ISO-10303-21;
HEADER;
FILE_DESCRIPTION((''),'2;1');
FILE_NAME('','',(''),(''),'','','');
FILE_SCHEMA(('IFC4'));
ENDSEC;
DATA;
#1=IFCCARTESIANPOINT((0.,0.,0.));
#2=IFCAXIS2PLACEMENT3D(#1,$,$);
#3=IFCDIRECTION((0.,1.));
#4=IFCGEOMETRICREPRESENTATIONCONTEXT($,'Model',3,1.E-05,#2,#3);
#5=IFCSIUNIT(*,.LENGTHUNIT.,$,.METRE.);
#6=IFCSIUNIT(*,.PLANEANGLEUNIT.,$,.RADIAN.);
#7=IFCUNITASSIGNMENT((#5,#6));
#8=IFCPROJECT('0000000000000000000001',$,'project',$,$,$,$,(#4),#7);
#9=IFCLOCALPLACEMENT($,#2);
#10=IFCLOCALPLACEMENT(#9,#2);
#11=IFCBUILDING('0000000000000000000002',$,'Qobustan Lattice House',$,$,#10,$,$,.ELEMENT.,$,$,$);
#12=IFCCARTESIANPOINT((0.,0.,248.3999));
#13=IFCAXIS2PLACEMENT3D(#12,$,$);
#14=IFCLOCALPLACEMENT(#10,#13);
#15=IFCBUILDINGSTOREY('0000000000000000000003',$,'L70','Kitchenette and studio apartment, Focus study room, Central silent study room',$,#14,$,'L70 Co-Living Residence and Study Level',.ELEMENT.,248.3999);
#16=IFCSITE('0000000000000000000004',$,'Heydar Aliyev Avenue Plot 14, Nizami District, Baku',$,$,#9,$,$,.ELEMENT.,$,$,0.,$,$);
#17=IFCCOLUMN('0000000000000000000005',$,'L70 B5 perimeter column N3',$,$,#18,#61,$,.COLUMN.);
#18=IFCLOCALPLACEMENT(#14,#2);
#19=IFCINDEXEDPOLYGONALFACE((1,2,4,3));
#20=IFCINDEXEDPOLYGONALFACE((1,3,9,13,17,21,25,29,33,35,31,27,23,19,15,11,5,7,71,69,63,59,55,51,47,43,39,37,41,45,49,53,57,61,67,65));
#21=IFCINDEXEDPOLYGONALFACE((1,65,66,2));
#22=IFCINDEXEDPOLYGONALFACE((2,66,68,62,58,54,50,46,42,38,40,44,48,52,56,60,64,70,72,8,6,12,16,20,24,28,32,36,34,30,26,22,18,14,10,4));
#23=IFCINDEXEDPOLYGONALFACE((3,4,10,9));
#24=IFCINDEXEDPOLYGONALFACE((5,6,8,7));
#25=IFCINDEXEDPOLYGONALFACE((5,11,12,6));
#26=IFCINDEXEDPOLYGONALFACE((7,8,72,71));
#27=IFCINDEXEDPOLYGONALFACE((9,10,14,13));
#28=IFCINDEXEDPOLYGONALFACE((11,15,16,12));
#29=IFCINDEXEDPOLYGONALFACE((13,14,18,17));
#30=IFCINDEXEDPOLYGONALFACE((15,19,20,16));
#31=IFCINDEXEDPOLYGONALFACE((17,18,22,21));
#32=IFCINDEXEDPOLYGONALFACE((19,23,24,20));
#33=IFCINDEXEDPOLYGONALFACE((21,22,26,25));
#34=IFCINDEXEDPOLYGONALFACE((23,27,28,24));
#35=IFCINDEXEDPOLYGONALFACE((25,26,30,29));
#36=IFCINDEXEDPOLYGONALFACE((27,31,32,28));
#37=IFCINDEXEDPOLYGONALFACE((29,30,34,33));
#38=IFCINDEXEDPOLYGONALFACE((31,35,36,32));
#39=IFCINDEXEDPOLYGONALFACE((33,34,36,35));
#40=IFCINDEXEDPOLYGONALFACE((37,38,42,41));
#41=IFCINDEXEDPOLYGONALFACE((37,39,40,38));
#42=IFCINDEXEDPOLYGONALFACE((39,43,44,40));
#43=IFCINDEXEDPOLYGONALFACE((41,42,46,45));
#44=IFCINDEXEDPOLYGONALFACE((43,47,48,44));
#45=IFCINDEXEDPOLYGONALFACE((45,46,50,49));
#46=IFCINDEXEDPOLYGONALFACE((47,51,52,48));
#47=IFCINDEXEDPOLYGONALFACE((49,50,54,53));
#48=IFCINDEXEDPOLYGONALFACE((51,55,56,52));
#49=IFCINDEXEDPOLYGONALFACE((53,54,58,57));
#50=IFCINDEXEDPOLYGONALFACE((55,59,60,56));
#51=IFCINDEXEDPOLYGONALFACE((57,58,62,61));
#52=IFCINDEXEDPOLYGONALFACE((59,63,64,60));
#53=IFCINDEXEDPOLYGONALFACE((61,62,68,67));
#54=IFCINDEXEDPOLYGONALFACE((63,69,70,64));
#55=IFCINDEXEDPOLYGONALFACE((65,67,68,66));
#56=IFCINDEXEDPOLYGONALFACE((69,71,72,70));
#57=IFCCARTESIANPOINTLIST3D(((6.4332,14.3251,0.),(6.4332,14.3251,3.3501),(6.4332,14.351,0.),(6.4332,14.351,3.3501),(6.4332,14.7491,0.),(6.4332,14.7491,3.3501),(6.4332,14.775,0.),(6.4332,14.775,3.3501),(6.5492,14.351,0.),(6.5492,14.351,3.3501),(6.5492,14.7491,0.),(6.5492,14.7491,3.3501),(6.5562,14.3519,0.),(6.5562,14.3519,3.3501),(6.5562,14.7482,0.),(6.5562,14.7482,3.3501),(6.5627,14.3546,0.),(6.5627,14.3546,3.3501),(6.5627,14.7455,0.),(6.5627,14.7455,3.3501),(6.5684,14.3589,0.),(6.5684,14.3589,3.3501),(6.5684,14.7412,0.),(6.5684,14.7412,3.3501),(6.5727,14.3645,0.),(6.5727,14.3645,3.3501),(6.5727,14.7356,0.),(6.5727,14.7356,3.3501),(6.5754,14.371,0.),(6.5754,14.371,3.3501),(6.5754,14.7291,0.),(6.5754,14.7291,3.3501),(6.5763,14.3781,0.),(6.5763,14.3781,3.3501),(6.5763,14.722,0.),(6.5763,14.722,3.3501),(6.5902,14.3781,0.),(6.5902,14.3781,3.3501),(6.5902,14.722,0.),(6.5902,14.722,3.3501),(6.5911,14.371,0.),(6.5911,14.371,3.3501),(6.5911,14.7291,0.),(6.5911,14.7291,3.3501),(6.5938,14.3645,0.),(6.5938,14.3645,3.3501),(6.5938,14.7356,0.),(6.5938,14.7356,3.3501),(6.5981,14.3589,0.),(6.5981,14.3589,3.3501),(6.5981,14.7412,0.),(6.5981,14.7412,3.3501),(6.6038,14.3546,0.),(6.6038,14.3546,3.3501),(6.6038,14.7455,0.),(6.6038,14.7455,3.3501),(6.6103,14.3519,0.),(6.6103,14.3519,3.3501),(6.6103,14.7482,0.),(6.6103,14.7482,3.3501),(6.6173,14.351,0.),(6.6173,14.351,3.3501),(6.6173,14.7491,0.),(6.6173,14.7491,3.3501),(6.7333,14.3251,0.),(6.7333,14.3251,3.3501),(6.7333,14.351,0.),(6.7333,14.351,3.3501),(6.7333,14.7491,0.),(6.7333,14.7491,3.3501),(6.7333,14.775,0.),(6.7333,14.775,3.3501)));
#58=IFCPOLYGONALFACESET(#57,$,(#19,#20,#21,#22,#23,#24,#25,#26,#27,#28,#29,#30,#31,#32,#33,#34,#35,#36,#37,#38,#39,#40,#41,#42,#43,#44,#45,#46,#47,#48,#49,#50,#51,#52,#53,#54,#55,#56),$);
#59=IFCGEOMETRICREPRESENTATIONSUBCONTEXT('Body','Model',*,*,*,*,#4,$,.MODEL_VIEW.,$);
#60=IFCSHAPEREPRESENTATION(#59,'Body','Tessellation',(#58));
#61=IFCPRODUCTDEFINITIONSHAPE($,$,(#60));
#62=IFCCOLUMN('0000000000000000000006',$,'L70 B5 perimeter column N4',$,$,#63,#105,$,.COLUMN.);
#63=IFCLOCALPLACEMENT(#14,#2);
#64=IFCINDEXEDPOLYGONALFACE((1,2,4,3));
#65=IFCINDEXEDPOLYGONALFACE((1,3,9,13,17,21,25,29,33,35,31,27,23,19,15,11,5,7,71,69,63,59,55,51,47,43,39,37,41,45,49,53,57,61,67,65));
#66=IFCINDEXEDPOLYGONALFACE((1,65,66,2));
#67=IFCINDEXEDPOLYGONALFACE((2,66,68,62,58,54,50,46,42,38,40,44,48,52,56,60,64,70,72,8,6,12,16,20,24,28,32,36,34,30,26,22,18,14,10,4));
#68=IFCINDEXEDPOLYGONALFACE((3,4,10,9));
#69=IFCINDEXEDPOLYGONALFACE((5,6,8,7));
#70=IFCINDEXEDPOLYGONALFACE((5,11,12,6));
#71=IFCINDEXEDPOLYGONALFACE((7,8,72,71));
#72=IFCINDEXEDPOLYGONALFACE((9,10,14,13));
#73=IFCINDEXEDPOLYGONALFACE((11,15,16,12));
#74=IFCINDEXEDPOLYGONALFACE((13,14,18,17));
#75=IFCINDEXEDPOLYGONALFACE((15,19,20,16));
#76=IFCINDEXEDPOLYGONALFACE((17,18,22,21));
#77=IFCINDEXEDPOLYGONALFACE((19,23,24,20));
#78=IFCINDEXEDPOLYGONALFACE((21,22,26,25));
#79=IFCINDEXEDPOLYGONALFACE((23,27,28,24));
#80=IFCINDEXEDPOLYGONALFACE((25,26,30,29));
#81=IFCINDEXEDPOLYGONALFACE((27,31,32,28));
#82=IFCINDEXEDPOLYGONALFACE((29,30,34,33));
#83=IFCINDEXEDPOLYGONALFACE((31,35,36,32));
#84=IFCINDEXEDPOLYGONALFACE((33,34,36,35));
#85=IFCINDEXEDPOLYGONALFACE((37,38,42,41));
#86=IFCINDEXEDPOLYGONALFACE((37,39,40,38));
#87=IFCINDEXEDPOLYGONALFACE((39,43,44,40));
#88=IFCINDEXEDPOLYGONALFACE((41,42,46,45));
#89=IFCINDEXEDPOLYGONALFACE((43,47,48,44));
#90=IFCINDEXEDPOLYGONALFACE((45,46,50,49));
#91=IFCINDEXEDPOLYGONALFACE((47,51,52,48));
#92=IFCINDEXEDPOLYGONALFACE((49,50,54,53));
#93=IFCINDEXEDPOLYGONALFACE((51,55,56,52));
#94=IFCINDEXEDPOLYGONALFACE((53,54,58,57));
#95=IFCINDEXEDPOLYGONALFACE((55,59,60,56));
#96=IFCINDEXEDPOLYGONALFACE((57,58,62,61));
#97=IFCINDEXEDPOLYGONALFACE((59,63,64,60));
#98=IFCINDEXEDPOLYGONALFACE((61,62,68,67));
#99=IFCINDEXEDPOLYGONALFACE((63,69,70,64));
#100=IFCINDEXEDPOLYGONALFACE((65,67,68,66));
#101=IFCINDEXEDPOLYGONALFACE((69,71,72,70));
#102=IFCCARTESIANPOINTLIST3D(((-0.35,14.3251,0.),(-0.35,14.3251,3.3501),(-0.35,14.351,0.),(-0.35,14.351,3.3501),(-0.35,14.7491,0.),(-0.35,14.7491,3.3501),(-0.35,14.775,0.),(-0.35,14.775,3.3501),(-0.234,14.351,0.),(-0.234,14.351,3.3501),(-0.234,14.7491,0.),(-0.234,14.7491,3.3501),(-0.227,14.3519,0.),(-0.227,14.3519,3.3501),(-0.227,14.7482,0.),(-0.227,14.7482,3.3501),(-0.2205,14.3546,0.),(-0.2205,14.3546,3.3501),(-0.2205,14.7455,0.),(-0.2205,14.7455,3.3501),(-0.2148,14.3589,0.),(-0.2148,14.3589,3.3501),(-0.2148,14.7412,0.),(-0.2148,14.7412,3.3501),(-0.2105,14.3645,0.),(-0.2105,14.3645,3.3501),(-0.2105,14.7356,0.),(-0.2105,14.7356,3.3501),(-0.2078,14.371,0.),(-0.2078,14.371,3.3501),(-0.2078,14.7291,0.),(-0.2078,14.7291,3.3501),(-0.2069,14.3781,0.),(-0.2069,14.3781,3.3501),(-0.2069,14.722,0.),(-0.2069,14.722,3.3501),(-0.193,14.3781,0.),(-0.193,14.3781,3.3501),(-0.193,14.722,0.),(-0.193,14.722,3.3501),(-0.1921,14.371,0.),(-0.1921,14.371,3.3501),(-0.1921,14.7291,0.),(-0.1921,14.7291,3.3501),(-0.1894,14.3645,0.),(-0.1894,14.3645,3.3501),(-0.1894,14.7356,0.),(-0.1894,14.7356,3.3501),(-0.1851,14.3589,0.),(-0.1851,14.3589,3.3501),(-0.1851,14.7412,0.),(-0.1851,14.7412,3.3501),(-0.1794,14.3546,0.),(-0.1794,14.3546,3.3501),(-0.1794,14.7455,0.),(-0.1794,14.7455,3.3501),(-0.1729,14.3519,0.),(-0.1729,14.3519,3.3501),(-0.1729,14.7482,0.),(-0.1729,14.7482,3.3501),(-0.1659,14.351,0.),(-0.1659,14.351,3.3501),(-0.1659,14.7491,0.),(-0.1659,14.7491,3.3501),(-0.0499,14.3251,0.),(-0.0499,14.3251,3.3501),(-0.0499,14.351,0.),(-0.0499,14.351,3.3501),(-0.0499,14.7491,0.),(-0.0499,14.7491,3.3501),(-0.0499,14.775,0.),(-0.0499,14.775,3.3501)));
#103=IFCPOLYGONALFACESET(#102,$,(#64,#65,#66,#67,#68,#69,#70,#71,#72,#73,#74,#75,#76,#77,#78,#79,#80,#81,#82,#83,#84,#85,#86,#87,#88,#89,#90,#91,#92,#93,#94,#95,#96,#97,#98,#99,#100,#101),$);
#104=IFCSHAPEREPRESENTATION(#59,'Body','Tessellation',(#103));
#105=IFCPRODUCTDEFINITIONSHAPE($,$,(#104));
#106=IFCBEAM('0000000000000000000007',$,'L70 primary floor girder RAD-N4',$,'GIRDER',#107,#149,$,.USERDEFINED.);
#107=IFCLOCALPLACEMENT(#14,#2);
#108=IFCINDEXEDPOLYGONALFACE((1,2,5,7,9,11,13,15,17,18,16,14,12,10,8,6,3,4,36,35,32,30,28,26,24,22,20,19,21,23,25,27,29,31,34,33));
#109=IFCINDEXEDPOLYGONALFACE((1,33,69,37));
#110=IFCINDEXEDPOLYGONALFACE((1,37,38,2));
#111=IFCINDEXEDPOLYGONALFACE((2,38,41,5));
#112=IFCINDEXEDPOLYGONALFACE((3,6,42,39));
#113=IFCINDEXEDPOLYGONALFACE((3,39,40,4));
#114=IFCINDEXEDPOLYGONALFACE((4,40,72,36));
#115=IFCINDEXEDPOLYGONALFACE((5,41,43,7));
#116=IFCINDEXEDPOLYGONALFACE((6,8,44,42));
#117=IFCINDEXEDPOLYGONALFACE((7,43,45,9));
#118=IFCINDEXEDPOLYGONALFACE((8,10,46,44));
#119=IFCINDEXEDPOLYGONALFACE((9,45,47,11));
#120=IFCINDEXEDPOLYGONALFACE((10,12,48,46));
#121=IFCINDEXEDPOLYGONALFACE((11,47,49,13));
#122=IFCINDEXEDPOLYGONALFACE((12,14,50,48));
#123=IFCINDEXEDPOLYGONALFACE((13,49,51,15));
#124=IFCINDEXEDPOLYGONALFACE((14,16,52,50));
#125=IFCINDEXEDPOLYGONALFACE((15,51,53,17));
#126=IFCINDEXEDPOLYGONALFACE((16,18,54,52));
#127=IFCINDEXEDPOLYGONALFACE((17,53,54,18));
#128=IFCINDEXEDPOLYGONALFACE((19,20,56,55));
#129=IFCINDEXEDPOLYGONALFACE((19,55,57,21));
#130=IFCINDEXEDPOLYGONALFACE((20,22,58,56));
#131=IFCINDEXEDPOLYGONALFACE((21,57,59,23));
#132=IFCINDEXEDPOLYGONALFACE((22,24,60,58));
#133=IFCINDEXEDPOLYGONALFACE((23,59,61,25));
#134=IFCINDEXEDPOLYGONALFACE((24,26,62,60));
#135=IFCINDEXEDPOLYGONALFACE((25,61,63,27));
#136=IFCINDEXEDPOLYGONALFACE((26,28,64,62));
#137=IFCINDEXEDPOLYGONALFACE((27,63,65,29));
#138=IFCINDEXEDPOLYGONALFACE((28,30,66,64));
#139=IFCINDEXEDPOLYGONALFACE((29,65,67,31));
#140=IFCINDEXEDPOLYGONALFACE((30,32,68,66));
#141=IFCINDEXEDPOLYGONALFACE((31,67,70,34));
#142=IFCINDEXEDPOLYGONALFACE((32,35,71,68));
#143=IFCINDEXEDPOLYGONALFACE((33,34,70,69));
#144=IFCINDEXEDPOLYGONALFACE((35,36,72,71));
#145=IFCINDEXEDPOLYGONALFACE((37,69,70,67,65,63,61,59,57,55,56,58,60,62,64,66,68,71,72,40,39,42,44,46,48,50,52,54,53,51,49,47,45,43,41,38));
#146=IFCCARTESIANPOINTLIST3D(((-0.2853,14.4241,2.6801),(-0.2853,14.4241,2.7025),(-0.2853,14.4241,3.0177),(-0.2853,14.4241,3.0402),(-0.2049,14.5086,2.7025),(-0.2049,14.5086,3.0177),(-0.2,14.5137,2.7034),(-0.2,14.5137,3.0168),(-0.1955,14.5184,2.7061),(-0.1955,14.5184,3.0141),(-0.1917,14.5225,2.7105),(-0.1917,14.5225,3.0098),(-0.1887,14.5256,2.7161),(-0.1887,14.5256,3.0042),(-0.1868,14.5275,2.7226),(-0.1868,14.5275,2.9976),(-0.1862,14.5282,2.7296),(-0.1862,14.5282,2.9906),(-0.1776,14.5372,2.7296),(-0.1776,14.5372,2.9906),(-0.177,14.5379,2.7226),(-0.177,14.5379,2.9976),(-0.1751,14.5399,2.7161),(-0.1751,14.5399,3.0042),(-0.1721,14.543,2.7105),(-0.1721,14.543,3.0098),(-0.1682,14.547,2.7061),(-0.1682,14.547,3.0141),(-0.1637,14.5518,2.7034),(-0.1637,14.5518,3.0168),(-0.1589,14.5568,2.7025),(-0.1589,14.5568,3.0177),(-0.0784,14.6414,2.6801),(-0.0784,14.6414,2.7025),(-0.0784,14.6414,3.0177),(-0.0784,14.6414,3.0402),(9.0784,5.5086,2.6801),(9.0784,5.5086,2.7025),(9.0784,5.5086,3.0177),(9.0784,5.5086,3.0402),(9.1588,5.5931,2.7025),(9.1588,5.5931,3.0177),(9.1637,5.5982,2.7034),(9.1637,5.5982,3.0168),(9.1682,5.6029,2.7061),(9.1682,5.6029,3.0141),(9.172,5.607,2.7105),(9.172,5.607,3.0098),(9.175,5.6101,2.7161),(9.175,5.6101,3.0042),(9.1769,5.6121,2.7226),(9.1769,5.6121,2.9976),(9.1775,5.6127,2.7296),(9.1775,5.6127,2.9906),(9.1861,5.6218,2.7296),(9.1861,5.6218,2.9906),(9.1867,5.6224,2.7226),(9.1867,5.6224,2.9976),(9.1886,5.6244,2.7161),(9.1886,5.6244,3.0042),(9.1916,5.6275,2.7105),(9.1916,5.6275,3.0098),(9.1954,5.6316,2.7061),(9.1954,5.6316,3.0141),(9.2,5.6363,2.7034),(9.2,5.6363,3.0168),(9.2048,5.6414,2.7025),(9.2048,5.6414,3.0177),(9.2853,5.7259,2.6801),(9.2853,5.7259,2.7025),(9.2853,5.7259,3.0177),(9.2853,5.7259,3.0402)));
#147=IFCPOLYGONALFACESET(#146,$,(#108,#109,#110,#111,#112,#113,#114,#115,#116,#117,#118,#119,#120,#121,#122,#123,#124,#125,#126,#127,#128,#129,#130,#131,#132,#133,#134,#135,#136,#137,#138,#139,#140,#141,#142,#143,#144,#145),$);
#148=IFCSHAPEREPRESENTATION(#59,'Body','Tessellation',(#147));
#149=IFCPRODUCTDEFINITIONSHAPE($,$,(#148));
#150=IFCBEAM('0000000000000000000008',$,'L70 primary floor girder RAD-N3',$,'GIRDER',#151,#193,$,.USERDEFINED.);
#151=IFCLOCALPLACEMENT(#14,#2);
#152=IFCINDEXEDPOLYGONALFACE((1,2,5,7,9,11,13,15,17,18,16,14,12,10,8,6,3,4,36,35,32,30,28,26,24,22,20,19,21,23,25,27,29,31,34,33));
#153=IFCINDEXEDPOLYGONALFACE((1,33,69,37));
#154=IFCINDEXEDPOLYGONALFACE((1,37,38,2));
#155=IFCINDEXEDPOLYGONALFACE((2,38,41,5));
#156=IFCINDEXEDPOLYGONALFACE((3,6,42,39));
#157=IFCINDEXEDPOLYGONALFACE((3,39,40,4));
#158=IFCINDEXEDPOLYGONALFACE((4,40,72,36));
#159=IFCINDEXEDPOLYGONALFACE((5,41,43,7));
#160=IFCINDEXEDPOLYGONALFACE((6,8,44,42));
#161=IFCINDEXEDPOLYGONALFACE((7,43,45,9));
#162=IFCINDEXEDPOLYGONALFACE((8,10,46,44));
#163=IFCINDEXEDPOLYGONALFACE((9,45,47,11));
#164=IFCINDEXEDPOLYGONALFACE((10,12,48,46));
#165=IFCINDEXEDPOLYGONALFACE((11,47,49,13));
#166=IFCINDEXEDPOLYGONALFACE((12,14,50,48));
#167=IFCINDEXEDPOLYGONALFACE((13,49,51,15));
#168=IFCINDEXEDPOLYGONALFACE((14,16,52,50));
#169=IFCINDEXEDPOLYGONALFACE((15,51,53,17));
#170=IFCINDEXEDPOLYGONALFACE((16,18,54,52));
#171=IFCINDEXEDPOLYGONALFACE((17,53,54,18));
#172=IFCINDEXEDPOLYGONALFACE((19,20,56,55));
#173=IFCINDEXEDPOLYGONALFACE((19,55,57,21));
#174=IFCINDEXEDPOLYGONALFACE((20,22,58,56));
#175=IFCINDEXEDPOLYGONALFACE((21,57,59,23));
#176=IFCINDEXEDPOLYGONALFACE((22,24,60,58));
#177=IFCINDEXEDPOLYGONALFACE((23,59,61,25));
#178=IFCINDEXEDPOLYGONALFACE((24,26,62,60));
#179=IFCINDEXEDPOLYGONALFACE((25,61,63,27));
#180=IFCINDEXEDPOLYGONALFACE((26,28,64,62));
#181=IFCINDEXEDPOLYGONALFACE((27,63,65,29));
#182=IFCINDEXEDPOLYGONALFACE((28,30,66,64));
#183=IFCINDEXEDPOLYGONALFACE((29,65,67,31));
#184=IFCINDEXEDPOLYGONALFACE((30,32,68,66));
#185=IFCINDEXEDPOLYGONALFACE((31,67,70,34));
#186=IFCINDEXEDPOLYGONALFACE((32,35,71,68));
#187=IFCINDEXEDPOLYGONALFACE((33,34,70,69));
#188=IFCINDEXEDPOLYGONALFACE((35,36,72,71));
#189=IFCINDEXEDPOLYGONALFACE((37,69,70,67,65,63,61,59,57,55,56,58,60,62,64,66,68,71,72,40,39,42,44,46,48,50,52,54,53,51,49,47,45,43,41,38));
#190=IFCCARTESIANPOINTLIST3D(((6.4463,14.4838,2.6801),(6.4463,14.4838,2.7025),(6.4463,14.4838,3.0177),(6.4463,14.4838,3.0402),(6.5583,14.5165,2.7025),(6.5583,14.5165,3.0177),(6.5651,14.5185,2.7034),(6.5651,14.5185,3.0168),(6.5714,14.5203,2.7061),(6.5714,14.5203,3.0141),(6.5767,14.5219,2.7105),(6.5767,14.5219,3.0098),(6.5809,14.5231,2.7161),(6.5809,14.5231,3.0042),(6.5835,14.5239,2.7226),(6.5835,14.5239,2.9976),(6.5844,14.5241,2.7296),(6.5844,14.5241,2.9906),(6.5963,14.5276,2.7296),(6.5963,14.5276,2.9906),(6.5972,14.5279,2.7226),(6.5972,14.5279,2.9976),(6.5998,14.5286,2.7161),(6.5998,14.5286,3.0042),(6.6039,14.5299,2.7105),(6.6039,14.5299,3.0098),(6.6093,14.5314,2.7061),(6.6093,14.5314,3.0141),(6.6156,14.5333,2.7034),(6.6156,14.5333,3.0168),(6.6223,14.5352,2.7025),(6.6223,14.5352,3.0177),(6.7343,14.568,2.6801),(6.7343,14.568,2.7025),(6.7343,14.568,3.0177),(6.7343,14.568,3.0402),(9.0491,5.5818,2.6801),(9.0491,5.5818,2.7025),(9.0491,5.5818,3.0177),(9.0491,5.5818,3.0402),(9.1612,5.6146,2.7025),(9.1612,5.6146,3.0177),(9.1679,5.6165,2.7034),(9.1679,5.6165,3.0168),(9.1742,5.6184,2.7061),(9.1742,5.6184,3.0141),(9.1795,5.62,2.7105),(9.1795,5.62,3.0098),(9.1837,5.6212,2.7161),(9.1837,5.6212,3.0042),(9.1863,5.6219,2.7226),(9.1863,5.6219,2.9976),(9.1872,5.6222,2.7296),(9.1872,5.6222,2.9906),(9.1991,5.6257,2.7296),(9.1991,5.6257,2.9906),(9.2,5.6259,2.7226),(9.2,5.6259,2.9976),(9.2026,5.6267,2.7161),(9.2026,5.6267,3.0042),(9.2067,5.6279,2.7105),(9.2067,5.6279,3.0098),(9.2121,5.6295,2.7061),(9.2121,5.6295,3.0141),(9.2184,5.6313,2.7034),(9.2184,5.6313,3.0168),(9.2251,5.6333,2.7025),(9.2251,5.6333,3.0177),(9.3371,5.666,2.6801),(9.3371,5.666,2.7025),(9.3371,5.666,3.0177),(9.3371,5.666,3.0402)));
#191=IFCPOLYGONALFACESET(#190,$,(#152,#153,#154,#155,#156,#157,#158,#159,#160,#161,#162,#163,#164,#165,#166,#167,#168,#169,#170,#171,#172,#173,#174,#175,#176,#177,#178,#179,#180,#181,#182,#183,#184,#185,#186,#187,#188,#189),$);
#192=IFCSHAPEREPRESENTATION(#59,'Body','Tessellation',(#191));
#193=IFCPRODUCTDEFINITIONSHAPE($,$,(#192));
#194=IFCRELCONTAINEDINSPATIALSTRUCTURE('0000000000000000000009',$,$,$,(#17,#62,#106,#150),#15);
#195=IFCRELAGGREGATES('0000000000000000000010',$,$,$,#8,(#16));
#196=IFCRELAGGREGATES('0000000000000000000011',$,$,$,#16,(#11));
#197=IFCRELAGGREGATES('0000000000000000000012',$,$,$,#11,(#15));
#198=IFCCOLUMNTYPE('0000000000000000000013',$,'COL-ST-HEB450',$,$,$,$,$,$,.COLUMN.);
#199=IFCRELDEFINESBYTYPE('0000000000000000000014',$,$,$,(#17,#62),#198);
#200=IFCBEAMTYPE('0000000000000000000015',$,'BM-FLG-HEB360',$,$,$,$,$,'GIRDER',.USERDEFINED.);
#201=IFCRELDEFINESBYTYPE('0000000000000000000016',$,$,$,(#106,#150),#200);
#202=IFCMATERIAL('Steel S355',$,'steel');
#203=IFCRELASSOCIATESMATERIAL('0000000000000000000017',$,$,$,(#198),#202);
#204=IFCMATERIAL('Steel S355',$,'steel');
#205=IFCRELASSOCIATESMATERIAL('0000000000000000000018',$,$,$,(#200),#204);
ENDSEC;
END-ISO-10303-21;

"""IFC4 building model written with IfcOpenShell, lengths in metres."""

from ifc_helpers import new_model, si_unit, direction, frame, origin, origin_2d, place, context, subcontext, project, spatial, i_section, extrude, material, material_profile, profile_set, type_object, element, save


model = new_model("IFC4")

# Units and contexts
model_context = context("Model", 3, precision=1e-05, world=origin(), true_north=direction((0.0, 1.0)))
body_context = subcontext(model_context, "Body", "Model", "MODEL_VIEW")
ifc_project = project(units=[si_unit("LENGTHUNIT", "METRE"), si_unit("PLANEANGLEUNIT", "RADIAN")], contexts=[model_context])

# Site, building, storey
site_placement = place(None, origin())
site = spatial("IfcSite", under=ifc_project, at=site_placement, Name="Heydar Aliyev Avenue Plot 14, Nizami District, Baku", CompositionType="ELEMENT", RefElevation=0.0)
building_placement = place(site_placement, origin())
building = spatial("IfcBuilding", under=site, at=building_placement, Name="Qobustan Lattice House", CompositionType="ELEMENT")
storey_placement = place(building_placement, frame((0.0, 0.0, 248.3999)))
storey = spatial("IfcBuildingStorey", under=building, at=storey_placement, Name="L70", Description="Kitchenette and studio apartment, Focus study room, Central silent study room", LongName="L70 Co-Living Residence and Study Level", CompositionType="ELEMENT", Elevation=248.3999)

# Columns
ifc_material_1 = material(Name="Steel S355", Category="steel")
ifc_material_profile_1 = material_profile(ifc_material_1, i_section(OverallWidth=0.3, OverallDepth=0.45, WebThickness=0.0139, FlangeThickness=0.0259, FilletRadius=0.0271, at=origin_2d()), Name="HEB450")
ifc_profile_set_1 = profile_set([ifc_material_profile_1], Name="Steel S355")
column_type = type_object("IfcColumnType", Name="COL-ST-HEB450", PredefinedType="COLUMN", material=ifc_profile_set_1)
for number, where, z_axis, x_axis, name in (
    (1, (6.5833, 14.55, 0.0), (0.0, 0.0, 1.0), (1.0, 0.0, 0.0), "L70 B5 perimeter column N3"),
    (2, (-0.2, 14.55, 0.0), (0.0, 0.0, 1.0), (1.0, 0.0, 0.0), "L70 B5 perimeter column N4"),
):
    element("IfcColumn", number, at=place(storey_placement, frame(where, z_axis=z_axis, x_axis=x_axis)), inside=storey, type_object=column_type, Name=name, PredefinedType="COLUMN", context=body_context, shape_type="SweptSolid", body=[
        extrude(i_section(OverallWidth=0.3, OverallDepth=0.45, WebThickness=0.0139, FlangeThickness=0.0259, FilletRadius=0.0271, at=origin_2d()), origin(), (0.0, 0.0, 1.0), 3.3501),
    ])

# Beams
ifc_material_2 = material(Name="Steel S355", Category="steel")
ifc_material_profile_2 = material_profile(ifc_material_2, i_section(OverallWidth=0.3, OverallDepth=0.3601, WebThickness=0.0125, FlangeThickness=0.0225, FilletRadius=0.0271, at=origin_2d()), Name="HEB360")
ifc_profile_set_2 = profile_set([ifc_material_profile_2], Name="Steel S355")
beam_type_1 = type_object("IfcBeamType", Name="BM-FLG-HEB360", ElementType="GIRDER", PredefinedType="USERDEFINED", material=ifc_profile_set_2)
beam_1_placement = place(storey_placement, frame((-0.1819, 14.5327, 2.8601), z_axis=(0.724229, -0.68956, 0.0), x_axis=(0.68956, 0.724229, 0.0)))
element("IfcBeam", 3, at=beam_1_placement, inside=storey, type_object=beam_type_1, Name="L70 primary floor girder RAD-N4", ObjectType="GIRDER", PredefinedType="USERDEFINED", context=body_context, shape_type="SweptSolid", body=[
    extrude(i_section(OverallWidth=0.3, OverallDepth=0.3601, WebThickness=0.0125, FlangeThickness=0.0225, FilletRadius=0.0271, at=origin_2d()), origin(), (0.0, 0.0, 1.0), 12.9292),
])
beam_2_placement = place(storey_placement, frame((6.5903, 14.5259, 2.8601), z_axis=(0.280637, -0.959814, 0.0), x_axis=(0.959814, 0.280637, 0.0)))
element("IfcBeam", 4, at=beam_2_placement, inside=storey, type_object=beam_type_1, Name="L70 primary floor girder RAD-N3", ObjectType="GIRDER", PredefinedType="USERDEFINED", context=body_context, shape_type="SweptSolid", body=[
    extrude(i_section(OverallWidth=0.3, OverallDepth=0.3601, WebThickness=0.0125, FlangeThickness=0.0225, FilletRadius=0.0271, at=origin_2d()), origin(), (0.0, 0.0, 1.0), 9.2747),
])

save(model, "model.ifc")
